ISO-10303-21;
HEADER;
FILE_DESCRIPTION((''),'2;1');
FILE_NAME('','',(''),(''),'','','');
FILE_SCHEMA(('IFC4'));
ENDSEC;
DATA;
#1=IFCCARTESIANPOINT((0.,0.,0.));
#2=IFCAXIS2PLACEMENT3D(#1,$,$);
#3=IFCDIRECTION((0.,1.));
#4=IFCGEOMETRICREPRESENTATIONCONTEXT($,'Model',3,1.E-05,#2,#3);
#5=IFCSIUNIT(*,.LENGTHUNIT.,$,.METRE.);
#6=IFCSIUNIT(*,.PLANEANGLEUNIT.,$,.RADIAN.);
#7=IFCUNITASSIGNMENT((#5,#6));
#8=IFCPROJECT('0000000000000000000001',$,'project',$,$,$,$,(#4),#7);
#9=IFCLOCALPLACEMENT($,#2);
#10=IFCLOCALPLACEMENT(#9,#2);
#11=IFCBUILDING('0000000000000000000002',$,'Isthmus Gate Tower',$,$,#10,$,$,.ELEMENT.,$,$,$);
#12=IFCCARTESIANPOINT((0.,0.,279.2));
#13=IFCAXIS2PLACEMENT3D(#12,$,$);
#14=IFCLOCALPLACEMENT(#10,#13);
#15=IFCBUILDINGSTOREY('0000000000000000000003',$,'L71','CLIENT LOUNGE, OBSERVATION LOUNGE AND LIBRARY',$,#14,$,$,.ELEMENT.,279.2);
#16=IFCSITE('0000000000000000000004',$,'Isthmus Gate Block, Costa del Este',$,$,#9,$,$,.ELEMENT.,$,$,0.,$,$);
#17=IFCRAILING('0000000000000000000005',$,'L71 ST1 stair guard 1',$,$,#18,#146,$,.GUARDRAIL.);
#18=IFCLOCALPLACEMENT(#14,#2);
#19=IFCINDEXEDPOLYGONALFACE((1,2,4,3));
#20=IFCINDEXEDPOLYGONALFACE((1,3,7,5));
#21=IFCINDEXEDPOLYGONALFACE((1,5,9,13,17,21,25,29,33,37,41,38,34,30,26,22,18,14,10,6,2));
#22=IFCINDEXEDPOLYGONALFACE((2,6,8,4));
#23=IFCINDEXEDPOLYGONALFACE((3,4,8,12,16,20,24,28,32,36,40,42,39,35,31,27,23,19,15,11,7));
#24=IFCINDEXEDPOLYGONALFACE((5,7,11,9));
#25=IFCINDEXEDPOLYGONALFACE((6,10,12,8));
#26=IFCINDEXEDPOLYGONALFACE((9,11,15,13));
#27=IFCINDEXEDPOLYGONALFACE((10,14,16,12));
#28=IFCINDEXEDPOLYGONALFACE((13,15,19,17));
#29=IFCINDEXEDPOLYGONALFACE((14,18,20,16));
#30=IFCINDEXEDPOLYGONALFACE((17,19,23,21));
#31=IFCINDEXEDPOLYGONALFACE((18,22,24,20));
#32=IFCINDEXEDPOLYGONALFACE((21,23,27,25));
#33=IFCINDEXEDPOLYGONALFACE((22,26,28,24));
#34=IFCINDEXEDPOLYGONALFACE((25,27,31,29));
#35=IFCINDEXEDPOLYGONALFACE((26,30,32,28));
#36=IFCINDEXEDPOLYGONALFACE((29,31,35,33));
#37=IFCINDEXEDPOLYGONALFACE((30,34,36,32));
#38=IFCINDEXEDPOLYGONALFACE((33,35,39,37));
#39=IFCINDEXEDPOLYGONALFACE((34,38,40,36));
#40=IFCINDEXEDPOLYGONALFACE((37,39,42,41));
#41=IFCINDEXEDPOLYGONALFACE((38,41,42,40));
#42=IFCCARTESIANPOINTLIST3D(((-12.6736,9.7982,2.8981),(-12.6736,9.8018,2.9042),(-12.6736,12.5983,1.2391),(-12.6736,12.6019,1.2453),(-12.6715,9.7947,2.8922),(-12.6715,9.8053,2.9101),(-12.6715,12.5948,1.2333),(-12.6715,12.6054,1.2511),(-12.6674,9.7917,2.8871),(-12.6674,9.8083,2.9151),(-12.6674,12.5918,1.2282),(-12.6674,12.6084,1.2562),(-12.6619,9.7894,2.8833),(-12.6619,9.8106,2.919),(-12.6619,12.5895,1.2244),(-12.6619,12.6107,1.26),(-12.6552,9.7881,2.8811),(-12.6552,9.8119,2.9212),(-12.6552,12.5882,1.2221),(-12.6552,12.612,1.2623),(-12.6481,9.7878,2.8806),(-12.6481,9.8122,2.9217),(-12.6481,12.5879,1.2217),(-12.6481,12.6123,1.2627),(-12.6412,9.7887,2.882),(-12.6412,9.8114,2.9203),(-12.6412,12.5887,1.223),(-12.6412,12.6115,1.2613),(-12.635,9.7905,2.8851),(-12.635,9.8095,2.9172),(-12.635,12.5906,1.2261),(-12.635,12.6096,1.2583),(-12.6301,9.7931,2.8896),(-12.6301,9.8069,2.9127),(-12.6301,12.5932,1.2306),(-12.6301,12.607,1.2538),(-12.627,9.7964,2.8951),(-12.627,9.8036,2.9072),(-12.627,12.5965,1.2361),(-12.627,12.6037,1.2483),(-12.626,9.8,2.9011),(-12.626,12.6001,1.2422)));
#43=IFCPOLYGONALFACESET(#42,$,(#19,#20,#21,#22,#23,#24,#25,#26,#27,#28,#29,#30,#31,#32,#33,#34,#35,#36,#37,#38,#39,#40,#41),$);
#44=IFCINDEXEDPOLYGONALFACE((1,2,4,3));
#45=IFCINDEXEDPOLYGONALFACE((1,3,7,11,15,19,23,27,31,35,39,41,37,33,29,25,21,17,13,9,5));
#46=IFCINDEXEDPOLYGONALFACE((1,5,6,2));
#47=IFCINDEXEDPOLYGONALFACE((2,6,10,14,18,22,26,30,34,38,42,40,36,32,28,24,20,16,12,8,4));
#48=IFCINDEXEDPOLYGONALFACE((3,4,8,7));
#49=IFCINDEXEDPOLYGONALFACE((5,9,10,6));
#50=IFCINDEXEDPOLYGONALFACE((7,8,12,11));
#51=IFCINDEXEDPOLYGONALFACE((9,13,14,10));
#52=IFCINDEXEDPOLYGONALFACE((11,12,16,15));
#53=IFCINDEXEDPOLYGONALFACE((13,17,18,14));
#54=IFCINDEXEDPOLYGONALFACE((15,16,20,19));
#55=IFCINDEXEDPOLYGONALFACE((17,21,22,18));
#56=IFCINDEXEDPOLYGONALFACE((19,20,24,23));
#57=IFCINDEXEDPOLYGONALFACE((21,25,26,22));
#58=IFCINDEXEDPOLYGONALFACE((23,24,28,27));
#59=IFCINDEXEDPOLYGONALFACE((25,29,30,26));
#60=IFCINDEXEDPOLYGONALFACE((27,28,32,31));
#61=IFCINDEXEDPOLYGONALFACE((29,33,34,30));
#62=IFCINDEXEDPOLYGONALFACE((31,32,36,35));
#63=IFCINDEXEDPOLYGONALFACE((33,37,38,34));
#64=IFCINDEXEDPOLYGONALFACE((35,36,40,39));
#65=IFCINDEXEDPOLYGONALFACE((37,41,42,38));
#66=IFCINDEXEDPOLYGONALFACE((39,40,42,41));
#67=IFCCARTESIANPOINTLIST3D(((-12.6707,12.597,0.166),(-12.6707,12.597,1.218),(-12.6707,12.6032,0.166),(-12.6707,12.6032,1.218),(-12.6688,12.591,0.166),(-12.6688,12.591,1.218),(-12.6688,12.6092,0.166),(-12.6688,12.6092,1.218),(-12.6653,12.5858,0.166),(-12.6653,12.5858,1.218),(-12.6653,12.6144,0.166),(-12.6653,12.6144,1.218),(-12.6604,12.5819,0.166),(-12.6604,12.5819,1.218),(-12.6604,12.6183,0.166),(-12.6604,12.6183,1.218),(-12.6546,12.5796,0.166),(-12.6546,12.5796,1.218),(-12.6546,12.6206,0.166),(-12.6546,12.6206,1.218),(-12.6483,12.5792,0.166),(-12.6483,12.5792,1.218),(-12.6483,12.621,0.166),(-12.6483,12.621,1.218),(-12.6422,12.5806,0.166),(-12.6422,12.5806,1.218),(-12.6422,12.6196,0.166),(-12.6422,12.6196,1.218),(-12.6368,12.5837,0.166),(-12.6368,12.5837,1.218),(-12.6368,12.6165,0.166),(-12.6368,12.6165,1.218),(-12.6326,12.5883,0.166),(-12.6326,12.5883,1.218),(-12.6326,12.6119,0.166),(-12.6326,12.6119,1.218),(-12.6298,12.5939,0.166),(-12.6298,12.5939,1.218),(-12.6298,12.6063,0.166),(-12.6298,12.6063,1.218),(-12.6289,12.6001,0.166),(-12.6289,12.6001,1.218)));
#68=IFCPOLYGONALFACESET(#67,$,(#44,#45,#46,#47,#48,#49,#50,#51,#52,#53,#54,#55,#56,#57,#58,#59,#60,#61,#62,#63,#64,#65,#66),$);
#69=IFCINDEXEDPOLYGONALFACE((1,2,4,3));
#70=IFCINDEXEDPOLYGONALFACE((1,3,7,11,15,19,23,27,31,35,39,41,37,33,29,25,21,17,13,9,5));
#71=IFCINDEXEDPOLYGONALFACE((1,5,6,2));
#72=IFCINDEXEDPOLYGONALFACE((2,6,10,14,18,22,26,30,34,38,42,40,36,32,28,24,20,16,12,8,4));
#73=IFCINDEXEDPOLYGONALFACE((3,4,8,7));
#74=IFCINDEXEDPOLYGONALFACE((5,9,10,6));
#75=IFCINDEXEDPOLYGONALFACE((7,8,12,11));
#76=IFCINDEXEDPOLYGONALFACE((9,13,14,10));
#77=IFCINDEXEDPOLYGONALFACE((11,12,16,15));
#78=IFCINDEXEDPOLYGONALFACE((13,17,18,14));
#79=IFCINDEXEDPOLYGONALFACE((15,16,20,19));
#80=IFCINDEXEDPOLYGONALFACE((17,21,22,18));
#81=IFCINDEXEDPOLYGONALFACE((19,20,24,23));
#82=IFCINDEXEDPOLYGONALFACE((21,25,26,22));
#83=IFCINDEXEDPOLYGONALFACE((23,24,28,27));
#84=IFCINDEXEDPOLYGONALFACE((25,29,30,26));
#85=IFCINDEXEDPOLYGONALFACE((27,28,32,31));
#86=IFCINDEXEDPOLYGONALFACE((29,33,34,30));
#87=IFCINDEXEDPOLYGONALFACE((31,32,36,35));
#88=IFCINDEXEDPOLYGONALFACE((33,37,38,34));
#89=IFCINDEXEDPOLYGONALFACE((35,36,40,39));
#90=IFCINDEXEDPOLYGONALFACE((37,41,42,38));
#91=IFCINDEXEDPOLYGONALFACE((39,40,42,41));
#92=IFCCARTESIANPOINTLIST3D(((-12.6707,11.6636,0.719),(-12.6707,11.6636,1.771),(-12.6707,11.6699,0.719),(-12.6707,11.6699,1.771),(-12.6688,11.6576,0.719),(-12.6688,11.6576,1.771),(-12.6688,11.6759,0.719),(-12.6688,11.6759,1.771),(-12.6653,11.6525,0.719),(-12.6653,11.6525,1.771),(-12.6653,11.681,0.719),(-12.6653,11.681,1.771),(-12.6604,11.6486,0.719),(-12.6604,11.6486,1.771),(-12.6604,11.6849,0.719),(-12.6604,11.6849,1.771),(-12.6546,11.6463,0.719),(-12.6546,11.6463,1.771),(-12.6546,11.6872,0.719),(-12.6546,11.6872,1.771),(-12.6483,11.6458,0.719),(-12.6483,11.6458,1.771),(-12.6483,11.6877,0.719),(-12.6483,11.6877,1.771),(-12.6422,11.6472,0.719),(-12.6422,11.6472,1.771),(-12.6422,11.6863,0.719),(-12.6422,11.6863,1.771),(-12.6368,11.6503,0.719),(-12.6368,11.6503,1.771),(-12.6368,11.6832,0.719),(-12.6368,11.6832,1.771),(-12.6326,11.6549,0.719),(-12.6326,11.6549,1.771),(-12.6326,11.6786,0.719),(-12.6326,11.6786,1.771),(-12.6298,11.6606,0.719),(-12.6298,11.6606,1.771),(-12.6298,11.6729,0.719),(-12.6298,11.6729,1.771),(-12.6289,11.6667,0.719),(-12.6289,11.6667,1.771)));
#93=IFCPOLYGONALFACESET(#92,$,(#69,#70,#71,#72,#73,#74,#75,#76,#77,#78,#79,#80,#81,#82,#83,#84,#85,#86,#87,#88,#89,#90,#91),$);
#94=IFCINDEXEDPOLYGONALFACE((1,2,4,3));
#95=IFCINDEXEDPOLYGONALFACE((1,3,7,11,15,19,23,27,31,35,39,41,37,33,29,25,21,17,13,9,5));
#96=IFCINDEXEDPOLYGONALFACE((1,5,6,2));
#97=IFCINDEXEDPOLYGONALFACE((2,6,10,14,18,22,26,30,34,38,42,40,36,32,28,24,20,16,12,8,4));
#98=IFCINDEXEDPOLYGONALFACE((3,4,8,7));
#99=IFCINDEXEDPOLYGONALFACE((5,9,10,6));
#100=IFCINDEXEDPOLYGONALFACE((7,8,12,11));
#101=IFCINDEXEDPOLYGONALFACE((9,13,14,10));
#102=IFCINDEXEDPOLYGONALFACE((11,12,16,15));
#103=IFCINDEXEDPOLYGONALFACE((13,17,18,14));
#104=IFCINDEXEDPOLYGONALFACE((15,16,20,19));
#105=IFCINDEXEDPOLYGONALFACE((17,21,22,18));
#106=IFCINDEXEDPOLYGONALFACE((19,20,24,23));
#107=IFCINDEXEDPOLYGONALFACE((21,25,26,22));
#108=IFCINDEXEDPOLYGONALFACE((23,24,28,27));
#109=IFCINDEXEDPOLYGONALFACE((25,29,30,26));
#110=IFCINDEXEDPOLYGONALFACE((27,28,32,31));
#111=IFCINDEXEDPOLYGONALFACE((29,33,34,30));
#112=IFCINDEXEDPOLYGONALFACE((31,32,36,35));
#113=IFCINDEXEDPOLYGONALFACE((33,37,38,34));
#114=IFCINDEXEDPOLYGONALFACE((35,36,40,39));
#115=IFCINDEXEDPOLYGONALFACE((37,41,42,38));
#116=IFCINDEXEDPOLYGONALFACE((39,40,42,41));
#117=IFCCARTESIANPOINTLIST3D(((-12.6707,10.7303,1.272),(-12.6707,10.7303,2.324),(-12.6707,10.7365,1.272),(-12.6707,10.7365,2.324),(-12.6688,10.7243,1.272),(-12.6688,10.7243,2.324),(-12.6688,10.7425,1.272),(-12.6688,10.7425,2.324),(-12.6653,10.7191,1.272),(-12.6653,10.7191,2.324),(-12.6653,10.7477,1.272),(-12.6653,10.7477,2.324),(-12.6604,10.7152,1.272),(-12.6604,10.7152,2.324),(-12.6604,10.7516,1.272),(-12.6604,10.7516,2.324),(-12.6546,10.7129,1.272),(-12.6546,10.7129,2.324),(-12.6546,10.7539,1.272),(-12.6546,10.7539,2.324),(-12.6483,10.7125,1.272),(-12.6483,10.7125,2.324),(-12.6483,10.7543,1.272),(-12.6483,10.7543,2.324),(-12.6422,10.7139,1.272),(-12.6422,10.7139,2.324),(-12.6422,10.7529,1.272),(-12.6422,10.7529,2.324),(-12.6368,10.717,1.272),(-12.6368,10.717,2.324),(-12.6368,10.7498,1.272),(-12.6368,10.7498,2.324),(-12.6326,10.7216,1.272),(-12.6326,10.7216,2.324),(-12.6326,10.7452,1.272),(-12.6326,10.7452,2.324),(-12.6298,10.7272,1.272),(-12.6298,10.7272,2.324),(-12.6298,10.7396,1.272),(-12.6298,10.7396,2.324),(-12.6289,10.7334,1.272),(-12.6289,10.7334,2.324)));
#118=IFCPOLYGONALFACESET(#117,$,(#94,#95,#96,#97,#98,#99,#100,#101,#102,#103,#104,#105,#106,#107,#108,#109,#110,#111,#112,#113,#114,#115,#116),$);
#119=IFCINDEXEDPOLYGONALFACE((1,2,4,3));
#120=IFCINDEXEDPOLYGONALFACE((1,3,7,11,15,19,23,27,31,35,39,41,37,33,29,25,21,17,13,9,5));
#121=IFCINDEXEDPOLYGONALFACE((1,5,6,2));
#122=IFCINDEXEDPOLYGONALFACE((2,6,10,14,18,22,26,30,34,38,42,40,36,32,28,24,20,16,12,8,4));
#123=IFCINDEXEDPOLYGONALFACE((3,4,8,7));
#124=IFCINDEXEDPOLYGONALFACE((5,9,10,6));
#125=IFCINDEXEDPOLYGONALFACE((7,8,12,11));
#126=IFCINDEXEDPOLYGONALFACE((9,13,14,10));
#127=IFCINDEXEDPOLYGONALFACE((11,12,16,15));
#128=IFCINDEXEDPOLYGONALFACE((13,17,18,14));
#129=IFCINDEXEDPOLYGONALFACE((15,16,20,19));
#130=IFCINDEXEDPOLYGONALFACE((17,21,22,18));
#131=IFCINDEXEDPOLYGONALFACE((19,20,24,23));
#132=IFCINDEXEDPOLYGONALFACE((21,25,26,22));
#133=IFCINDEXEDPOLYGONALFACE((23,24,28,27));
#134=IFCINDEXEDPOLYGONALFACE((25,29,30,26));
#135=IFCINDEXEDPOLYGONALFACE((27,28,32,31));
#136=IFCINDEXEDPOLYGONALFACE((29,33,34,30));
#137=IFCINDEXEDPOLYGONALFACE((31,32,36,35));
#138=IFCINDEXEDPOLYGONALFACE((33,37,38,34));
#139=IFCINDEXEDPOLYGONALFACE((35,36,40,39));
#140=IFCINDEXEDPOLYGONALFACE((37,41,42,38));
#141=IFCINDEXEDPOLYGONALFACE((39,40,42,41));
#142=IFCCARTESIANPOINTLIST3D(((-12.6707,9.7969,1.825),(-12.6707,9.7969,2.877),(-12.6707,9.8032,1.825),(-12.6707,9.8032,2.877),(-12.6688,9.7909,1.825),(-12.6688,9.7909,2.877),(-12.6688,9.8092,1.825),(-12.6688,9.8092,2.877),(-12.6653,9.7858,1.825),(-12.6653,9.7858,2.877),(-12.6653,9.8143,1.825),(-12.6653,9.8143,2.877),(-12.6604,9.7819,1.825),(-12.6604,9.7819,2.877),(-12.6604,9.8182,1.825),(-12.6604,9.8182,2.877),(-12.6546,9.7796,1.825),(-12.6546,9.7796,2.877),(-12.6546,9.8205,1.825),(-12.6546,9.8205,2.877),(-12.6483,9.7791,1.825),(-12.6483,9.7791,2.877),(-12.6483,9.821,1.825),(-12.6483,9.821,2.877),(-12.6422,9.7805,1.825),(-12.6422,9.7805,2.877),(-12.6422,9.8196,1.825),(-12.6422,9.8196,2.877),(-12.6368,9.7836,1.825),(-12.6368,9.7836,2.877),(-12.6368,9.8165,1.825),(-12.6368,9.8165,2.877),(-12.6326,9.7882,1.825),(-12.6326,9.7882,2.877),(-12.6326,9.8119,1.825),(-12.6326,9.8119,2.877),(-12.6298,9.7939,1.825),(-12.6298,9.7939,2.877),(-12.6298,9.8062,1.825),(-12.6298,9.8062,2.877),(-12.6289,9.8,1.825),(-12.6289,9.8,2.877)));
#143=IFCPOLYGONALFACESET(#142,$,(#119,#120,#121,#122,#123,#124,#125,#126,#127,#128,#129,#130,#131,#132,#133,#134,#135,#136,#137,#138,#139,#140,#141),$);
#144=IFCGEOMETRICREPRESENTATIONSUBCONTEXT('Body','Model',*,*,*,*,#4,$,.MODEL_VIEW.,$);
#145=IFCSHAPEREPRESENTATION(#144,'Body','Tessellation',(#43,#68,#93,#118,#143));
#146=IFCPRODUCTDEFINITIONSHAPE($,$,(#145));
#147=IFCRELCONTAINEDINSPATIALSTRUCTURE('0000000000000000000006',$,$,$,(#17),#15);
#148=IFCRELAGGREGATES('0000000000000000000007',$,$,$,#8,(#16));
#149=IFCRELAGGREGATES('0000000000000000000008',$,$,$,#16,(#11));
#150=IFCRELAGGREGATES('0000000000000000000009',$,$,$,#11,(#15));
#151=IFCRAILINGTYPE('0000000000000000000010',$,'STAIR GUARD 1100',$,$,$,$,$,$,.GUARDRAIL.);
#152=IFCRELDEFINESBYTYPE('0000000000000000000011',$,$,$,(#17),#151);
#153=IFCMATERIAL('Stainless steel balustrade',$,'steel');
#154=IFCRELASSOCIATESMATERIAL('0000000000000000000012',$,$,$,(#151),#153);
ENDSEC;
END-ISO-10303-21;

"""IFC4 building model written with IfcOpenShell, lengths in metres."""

from ifc_helpers import new_model, si_unit, direction, frame, origin, origin_2d, place, context, subcontext, project, spatial, circle, extrude, material, type_object, element, save


model = new_model("IFC4")

# Units and contexts
model_context = context("Model", 3, precision=1e-05, world=origin(), true_north=direction((0.0, 1.0)))
body_context = subcontext(model_context, "Body", "Model", "MODEL_VIEW")
ifc_project = project(units=[si_unit("LENGTHUNIT", "METRE"), si_unit("PLANEANGLEUNIT", "RADIAN")], contexts=[model_context])

# Site, building, storey
site_placement = place(None, origin())
site = spatial("IfcSite", under=ifc_project, at=site_placement, Name="Isthmus Gate Block, Costa del Este", CompositionType="ELEMENT", RefElevation=0.0)
building_placement = place(site_placement, origin())
building = spatial("IfcBuilding", under=site, at=building_placement, Name="Isthmus Gate Tower", CompositionType="ELEMENT")
storey_placement = place(building_placement, frame((0.0, 0.0, 279.2)))
storey = spatial("IfcBuildingStorey", under=building, at=storey_placement, Name="L71", Description="CLIENT LOUNGE, OBSERVATION LOUNGE AND LIBRARY", CompositionType="ELEMENT", Elevation=279.2)

# Railing
ifc_material_1 = material(Name="Stainless steel balustrade", Category="steel")
railing_type_1 = type_object("IfcRailingType", Name="STAIR GUARD 1100", PredefinedType="GUARDRAIL", material=ifc_material_1)
railing_1_placement = place(storey_placement, frame((-12.6499, 12.6001, 0.166)))
element("IfcRailing", 1, at=railing_1_placement, inside=storey, type_object=railing_type_1, Name="L71 ST1 stair guard 1", PredefinedType="GUARDRAIL", context=body_context, shape_type="SweptSolid", body=[
    extrude(circle(Radius=0.0239, at=origin_2d()), frame((0.0, 0.0, 1.0762), z_axis=(0.0, -0.860339, 0.509722), x_axis=(1.0, 0.0, 0.0)), (0.0, 0.0, 1.0), 3.2546),
    extrude(circle(Radius=0.021, at=origin_2d()), origin(), (0.0, 0.0, 1.0), 1.052),
    extrude(circle(Radius=0.021, at=origin_2d()), frame((0.0, -0.9333, 0.553)), (0.0, 0.0, 1.0), 1.052),
    extrude(circle(Radius=0.021, at=origin_2d()), frame((0.0, -1.8667, 1.106)), (0.0, 0.0, 1.0), 1.052),
    extrude(circle(Radius=0.021, at=origin_2d()), frame((0.0, -2.8, 1.6589)), (0.0, 0.0, 1.0), 1.052),
])

save(model, "model.ifc")
